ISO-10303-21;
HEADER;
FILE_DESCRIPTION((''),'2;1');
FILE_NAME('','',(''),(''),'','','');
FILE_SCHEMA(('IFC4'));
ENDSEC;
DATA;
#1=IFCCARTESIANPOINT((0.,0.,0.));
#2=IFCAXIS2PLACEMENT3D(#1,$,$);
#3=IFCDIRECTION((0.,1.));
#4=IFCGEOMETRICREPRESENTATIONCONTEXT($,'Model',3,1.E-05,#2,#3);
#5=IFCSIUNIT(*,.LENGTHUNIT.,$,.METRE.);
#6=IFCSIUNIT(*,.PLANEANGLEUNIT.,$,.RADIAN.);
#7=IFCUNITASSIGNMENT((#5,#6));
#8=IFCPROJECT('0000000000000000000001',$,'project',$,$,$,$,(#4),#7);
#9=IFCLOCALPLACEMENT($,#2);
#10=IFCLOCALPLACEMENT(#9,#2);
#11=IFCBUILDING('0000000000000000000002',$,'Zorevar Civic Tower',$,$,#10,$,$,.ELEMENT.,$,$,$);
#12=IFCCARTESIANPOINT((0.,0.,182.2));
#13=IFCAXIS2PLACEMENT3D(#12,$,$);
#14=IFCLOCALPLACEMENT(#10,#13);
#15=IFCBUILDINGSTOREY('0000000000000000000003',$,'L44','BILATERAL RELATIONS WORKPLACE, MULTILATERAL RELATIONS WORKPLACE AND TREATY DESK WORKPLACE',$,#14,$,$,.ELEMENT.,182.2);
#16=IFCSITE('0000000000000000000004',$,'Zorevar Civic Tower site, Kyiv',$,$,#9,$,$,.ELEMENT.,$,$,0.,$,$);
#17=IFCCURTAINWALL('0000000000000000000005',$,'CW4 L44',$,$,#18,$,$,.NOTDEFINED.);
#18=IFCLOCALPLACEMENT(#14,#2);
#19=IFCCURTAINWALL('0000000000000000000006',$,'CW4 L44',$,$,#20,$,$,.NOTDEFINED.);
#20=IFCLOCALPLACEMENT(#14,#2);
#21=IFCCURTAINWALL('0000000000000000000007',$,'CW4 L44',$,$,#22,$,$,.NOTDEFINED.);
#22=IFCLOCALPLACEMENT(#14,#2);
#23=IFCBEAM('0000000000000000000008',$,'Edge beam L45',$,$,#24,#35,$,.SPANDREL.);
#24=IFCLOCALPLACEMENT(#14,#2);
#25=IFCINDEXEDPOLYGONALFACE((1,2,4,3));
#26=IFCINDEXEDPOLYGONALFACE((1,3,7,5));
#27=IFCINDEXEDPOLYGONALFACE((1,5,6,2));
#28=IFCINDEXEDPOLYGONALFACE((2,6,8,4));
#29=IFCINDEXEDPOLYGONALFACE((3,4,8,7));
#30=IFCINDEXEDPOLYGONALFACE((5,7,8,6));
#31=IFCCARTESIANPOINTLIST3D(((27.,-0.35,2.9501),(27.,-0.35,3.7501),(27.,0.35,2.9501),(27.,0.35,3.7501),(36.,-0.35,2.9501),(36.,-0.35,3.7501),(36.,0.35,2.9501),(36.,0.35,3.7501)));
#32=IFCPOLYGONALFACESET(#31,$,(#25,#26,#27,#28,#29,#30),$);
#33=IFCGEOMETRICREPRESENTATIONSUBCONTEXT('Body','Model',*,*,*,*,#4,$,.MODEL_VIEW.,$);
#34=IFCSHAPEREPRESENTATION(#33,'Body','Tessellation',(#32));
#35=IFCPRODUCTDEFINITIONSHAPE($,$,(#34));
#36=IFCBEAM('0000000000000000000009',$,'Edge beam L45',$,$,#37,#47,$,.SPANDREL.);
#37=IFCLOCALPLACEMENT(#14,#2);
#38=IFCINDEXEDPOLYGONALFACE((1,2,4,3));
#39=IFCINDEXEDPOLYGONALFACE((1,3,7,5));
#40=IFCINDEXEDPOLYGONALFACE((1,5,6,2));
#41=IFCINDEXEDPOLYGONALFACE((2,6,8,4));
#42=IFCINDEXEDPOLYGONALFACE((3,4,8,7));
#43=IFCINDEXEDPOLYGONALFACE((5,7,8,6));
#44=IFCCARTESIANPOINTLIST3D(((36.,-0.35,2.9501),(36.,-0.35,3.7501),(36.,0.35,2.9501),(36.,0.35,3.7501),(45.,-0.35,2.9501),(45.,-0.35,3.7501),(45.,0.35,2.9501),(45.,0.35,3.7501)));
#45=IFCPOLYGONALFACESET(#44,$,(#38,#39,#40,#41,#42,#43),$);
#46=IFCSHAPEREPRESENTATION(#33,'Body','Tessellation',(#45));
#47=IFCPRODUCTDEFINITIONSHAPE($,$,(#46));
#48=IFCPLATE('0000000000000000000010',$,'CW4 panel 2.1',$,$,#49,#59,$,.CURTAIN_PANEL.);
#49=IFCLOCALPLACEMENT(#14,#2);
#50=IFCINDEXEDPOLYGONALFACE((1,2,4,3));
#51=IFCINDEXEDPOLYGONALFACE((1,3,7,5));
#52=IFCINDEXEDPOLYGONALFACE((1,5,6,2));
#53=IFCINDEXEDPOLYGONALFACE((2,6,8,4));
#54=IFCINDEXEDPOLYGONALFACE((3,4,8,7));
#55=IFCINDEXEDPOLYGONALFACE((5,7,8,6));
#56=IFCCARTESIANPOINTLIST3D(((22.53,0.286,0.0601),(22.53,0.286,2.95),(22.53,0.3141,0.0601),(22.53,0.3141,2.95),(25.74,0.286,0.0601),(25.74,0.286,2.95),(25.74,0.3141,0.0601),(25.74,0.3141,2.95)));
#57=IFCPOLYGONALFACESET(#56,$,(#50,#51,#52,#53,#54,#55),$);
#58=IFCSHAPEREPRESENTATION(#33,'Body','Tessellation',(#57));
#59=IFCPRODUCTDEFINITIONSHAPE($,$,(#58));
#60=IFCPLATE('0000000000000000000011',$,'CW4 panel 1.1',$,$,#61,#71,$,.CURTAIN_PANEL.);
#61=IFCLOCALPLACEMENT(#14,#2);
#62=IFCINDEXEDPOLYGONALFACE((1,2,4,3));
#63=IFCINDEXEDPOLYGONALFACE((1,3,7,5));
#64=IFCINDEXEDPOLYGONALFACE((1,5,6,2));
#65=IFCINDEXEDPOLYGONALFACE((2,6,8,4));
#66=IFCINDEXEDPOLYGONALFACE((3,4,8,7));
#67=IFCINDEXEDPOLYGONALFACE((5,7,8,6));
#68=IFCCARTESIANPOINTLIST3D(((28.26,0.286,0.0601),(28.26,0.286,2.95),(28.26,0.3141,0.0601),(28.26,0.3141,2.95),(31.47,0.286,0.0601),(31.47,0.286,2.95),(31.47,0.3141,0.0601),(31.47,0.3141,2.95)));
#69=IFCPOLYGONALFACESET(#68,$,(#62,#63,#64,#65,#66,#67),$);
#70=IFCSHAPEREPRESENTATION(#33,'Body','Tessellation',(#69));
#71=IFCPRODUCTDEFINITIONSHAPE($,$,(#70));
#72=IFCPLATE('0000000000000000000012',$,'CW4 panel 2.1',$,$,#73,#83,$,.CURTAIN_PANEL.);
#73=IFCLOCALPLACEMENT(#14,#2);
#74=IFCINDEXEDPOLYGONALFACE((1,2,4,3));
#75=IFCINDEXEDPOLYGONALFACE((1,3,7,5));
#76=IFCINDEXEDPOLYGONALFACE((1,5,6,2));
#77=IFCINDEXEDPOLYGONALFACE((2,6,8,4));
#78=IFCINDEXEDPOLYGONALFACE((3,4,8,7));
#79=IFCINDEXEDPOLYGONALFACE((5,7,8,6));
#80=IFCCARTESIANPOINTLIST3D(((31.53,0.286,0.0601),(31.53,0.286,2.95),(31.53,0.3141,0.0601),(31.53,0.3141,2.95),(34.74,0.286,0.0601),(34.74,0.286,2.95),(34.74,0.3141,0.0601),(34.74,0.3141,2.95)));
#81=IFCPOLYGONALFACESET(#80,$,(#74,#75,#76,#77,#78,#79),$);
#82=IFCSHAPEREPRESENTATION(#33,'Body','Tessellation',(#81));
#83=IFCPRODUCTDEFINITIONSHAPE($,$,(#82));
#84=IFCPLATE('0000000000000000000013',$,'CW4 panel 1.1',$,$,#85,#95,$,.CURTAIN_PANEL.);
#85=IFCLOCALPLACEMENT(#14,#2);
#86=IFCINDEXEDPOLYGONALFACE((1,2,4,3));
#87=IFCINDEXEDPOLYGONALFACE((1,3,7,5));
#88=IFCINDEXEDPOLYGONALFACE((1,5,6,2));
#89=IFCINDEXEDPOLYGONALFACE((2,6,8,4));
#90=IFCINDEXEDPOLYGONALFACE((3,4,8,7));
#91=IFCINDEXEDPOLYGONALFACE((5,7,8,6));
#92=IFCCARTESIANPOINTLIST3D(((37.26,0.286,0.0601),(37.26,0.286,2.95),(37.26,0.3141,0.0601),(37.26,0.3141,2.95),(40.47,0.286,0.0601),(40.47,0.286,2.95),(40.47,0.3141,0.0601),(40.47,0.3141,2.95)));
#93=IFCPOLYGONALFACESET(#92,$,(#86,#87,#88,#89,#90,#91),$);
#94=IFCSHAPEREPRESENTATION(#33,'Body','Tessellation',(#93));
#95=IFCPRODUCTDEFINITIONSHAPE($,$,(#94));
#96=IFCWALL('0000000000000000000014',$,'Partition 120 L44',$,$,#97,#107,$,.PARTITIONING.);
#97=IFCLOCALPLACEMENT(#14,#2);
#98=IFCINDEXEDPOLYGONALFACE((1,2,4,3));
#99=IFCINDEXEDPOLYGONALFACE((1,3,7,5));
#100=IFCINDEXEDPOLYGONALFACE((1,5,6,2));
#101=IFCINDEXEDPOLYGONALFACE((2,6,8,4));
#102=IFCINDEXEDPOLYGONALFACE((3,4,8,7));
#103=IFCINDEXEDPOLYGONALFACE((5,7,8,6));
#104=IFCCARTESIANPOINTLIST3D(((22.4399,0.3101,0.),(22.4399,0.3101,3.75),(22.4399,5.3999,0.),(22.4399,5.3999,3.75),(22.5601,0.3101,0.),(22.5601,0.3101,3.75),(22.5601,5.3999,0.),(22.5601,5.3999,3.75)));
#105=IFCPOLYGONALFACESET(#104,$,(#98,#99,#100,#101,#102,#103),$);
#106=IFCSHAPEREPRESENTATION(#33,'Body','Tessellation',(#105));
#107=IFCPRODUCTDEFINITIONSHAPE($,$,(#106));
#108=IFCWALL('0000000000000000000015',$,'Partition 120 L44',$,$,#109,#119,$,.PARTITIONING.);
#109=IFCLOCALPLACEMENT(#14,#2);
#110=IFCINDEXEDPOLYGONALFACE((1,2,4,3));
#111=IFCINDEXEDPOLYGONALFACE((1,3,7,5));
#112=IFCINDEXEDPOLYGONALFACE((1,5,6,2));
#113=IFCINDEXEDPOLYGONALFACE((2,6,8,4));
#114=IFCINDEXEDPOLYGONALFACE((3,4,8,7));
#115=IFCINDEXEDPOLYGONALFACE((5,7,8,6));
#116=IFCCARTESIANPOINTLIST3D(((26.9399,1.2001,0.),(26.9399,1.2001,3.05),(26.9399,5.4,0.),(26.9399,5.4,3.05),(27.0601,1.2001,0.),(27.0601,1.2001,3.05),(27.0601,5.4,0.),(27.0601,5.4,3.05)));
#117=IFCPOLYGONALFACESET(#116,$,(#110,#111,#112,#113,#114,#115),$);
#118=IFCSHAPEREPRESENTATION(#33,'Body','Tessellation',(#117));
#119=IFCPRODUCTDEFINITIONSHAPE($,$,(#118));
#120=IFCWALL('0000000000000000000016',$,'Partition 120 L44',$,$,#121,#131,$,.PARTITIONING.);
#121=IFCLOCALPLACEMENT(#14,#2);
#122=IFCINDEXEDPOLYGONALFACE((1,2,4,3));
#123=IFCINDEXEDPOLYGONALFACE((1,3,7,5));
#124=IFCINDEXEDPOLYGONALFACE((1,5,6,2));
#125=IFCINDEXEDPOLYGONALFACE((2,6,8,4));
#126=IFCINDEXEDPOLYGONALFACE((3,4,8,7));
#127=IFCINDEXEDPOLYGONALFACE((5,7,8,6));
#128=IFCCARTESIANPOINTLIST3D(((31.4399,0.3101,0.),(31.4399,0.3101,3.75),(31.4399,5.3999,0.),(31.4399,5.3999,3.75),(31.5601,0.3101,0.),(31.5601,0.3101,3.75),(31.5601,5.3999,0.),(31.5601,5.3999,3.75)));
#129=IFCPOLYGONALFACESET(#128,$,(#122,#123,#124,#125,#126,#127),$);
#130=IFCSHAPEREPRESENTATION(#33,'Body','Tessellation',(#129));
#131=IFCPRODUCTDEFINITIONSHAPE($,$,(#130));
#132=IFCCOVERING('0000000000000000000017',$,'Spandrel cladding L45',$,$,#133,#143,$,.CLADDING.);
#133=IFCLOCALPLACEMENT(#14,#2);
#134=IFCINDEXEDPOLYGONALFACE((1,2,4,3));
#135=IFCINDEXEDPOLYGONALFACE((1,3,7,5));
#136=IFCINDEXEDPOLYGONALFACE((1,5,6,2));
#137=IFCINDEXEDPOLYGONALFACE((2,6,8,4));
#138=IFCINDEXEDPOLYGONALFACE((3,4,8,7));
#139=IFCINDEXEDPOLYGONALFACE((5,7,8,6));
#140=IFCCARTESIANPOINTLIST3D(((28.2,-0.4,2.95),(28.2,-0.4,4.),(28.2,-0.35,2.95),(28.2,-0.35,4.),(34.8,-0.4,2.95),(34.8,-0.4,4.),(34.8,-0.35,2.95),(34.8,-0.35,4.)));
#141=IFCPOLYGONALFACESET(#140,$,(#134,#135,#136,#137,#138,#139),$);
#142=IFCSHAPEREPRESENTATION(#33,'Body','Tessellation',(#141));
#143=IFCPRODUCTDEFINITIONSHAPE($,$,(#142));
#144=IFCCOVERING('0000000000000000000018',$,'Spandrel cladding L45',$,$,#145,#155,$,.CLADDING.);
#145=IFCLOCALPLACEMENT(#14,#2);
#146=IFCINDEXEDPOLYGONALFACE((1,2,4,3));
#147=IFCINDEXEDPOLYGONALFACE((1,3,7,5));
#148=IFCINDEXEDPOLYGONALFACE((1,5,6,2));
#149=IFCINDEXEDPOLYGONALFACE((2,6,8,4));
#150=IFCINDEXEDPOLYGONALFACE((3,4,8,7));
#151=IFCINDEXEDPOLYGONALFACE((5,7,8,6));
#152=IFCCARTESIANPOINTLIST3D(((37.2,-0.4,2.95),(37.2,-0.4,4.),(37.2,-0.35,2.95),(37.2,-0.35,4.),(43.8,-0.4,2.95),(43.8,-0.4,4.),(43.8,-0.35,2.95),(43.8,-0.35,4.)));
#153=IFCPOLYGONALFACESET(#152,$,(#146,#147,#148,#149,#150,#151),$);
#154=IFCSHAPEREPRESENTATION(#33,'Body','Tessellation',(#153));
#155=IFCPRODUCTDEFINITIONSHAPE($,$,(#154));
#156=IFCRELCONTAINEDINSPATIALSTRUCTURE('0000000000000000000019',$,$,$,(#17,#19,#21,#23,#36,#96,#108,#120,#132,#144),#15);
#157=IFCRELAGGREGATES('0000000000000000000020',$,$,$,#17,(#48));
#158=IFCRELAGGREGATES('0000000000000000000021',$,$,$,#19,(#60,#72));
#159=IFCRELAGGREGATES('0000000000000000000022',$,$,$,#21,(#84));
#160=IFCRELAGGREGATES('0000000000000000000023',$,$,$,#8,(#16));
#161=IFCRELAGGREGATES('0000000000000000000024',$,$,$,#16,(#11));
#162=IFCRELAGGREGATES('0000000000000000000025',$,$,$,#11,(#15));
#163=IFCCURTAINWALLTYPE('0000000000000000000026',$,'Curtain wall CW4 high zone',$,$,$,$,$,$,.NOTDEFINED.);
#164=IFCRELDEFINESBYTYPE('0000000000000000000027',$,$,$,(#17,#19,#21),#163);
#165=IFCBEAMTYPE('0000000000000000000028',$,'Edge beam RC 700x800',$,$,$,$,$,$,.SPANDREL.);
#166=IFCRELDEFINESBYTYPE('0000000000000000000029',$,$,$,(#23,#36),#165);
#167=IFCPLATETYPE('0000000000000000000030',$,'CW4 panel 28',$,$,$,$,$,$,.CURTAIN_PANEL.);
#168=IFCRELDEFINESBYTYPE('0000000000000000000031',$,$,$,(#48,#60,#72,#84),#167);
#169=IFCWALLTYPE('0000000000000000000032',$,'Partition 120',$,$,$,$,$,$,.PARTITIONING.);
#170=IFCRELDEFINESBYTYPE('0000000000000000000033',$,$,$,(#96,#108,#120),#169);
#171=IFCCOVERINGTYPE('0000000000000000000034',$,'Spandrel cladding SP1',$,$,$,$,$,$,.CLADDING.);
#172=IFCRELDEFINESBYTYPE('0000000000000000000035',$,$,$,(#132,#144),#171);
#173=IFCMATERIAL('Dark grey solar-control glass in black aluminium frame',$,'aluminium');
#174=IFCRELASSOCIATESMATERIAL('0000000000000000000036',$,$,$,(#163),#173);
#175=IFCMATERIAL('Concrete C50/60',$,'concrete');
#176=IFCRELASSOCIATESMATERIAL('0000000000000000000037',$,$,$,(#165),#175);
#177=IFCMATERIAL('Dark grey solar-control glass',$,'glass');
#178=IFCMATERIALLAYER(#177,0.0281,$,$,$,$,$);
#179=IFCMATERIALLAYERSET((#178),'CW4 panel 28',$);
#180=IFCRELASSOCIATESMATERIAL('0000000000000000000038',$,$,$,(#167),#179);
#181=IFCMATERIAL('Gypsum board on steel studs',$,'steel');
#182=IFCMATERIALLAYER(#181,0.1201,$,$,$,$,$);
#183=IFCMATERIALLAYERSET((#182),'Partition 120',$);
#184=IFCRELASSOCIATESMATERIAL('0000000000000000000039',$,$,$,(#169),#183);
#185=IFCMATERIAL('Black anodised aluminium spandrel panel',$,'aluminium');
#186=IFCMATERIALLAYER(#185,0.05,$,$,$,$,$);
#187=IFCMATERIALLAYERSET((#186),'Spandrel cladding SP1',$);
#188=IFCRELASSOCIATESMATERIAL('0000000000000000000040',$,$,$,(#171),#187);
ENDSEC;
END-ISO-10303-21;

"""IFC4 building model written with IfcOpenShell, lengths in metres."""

from ifc_helpers import new_model, si_unit, direction, frame, frame_2d, origin, origin_2d, place, context, subcontext, project, spatial, rectangle, extrude, material, layer, layer_set, material_profile, profile_set, type_object, element, aggregate, save


model = new_model("IFC4")

# Units and contexts
model_context = context("Model", 3, precision=1e-05, world=origin(), true_north=direction((0.0, 1.0)))
body_context = subcontext(model_context, "Body", "Model", "MODEL_VIEW")
ifc_project = project(units=[si_unit("LENGTHUNIT", "METRE"), si_unit("PLANEANGLEUNIT", "RADIAN")], contexts=[model_context])

# Site, building, storey
site_placement = place(None, origin())
site = spatial("IfcSite", under=ifc_project, at=site_placement, Name="Zorevar Civic Tower site, Kyiv", CompositionType="ELEMENT", RefElevation=0.0)
building_placement = place(site_placement, origin())
building = spatial("IfcBuilding", under=site, at=building_placement, Name="Zorevar Civic Tower", CompositionType="ELEMENT")
storey_placement = place(building_placement, frame((0.0, 0.0, 182.2)))
storey = spatial("IfcBuildingStorey", under=building, at=storey_placement, Name="L44", Description="BILATERAL RELATIONS WORKPLACE, MULTILATERAL RELATIONS WORKPLACE AND TREATY DESK WORKPLACE", CompositionType="ELEMENT", Elevation=182.2)

# Curtain walls
ifc_material_1 = material(Name="Dark grey solar-control glass in black aluminium frame", Category="aluminium")
curtain_wall_type = type_object("IfcCurtainWallType", Name="Curtain wall CW4 high zone", PredefinedType="NOTDEFINED", material=ifc_material_1)
curtain_wall_1_placement = place(storey_placement, origin())
curtain_wall_1 = element("IfcCurtainWall", 1, at=curtain_wall_1_placement, inside=storey, type_object=curtain_wall_type, Name="CW4 L44", PredefinedType="NOTDEFINED")
curtain_wall_2_placement = place(storey_placement, origin())
curtain_wall_2 = element("IfcCurtainWall", 2, at=curtain_wall_2_placement, inside=storey, type_object=curtain_wall_type, Name="CW4 L44", PredefinedType="NOTDEFINED")

# Curtain wall
curtain_wall_3_placement = place(storey_placement, origin())
curtain_wall_3 = element("IfcCurtainWall", 3, at=curtain_wall_3_placement, inside=storey, type_object=curtain_wall_type, Name="CW4 L44", PredefinedType="NOTDEFINED")

# Beams
ifc_material_2 = material(Name="Concrete C50/60", Category="concrete")
ifc_material_profile_1 = material_profile(ifc_material_2, rectangle(XDim=0.7, YDim=0.8, at=origin_2d()), Name="RC 700x800")
ifc_profile_set_1 = profile_set([ifc_material_profile_1], Name="Concrete C50/60")
beam_type_1 = type_object("IfcBeamType", Name="Edge beam RC 700x800", PredefinedType="SPANDREL", material=ifc_profile_set_1)
for number, where, z_axis, x_axis, name in (
    (4, (27.0, 0.0, 3.3501), (1.0, 0.0, 0.0), (0.0, 1.0, 0.0), "Edge beam L45"),
    (5, (36.0, 0.0, 3.3501), (1.0, 0.0, 0.0), (0.0, 1.0, 0.0), "Edge beam L45"),
):
    element("IfcBeam", number, at=place(storey_placement, frame(where, z_axis=z_axis, x_axis=x_axis)), inside=storey, type_object=beam_type_1, Name=name, PredefinedType="SPANDREL", context=body_context, shape_type="SweptSolid", body=[
        extrude(rectangle(XDim=0.7, YDim=0.8, at=origin_2d()), origin(), (0.0, 0.0, 1.0), 9.0),
    ])

# Plates
ifc_material_3 = material(Name="Dark grey solar-control glass", Category="glass")
ifc_layer_1 = layer(ifc_material_3, 0.0281)
ifc_layer_set_1 = layer_set([ifc_layer_1], Name="CW4 panel 28")
plate_type = type_object("IfcPlateType", Name="CW4 panel 28", PredefinedType="CURTAIN_PANEL", material=ifc_layer_set_1)
plate_1_placement = place(storey_placement, frame((24.135, 0.3, 0.0601), z_axis=(0.0, 0.0, 1.0), x_axis=(1.0, 0.0, 0.0)))
plate_1 = element("IfcPlate", 6, at=plate_1_placement, type_object=plate_type, Name="CW4 panel 2.1", PredefinedType="CURTAIN_PANEL", context=body_context, shape_type="SweptSolid", body=[
    extrude(rectangle(XDim=3.21, YDim=0.0281, at=origin_2d()), origin(), (0.0, 0.0, 1.0), 2.8899),
])
aggregate(curtain_wall_1, [plate_1])
plate_2_placement = place(storey_placement, frame((29.865, 0.3, 0.0601), z_axis=(0.0, 0.0, 1.0), x_axis=(1.0, 0.0, 0.0)))
plate_2 = element("IfcPlate", 7, at=plate_2_placement, type_object=plate_type, Name="CW4 panel 1.1", PredefinedType="CURTAIN_PANEL", context=body_context, shape_type="SweptSolid", body=[
    extrude(rectangle(XDim=3.21, YDim=0.0281, at=origin_2d()), origin(), (0.0, 0.0, 1.0), 2.8899),
])
plate_3_placement = place(storey_placement, frame((33.135, 0.3, 0.0601), z_axis=(0.0, 0.0, 1.0), x_axis=(1.0, 0.0, 0.0)))
plate_3 = element("IfcPlate", 8, at=plate_3_placement, type_object=plate_type, Name="CW4 panel 2.1", PredefinedType="CURTAIN_PANEL", context=body_context, shape_type="SweptSolid", body=[
    extrude(rectangle(XDim=3.21, YDim=0.0281, at=origin_2d()), origin(), (0.0, 0.0, 1.0), 2.8899),
])
aggregate(curtain_wall_2, [plate_2, plate_3])
plate_4_placement = place(storey_placement, frame((38.865, 0.3, 0.0601), z_axis=(0.0, 0.0, 1.0), x_axis=(1.0, 0.0, 0.0)))
plate_4 = element("IfcPlate", 9, at=plate_4_placement, type_object=plate_type, Name="CW4 panel 1.1", PredefinedType="CURTAIN_PANEL", context=body_context, shape_type="SweptSolid", body=[
    extrude(rectangle(XDim=3.21, YDim=0.0281, at=origin_2d()), origin(), (0.0, 0.0, 1.0), 2.8899),
])
aggregate(curtain_wall_3, [plate_4])

# Walls
ifc_material_4 = material(Name="Gypsum board on steel studs", Category="steel")
ifc_layer_2 = layer(ifc_material_4, 0.1201)
ifc_layer_set_2 = layer_set([ifc_layer_2], Name="Partition 120")
wall_type = type_object("IfcWallType", Name="Partition 120", PredefinedType="PARTITIONING", material=ifc_layer_set_2)
wall_1_placement = place(storey_placement, frame((22.5, 0.3101, 0.0), z_axis=(0.0, 0.0, 1.0), x_axis=(0.0, 1.0, 0.0)))
element("IfcWall", 10, at=wall_1_placement, inside=storey, type_object=wall_type, Name="Partition 120 L44", PredefinedType="PARTITIONING", context=body_context, shape_type="SweptSolid", body=[
    extrude(rectangle(XDim=5.0898, YDim=0.1201, at=frame_2d((2.5449, 0.0))), origin(), (0.0, 0.0, 1.0), 3.75),
])
wall_2_placement = place(storey_placement, frame((27.0, 1.2, 0.0), z_axis=(0.0, 0.0, 1.0), x_axis=(0.0, 1.0, 0.0)))
element("IfcWall", 11, at=wall_2_placement, inside=storey, type_object=wall_type, Name="Partition 120 L44", PredefinedType="PARTITIONING", context=body_context, shape_type="SweptSolid", body=[
    extrude(rectangle(XDim=4.2, YDim=0.1201, at=frame_2d((2.1001, 0.0))), origin(), (0.0, 0.0, 1.0), 3.05),
])
wall_3_placement = place(storey_placement, frame((31.5, 0.3101, 0.0), z_axis=(0.0, 0.0, 1.0), x_axis=(0.0, 1.0, 0.0)))
element("IfcWall", 12, at=wall_3_placement, inside=storey, type_object=wall_type, Name="Partition 120 L44", PredefinedType="PARTITIONING", context=body_context, shape_type="SweptSolid", body=[
    extrude(rectangle(XDim=5.0898, YDim=0.1201, at=frame_2d((2.5449, 0.0))), origin(), (0.0, 0.0, 1.0), 3.75),
])

# Coverings
ifc_material_5 = material(Name="Black anodised aluminium spandrel panel", Category="aluminium")
ifc_layer_3 = layer(ifc_material_5, 0.05)
ifc_layer_set_3 = layer_set([ifc_layer_3], Name="Spandrel cladding SP1")
covering_type = type_object("IfcCoveringType", Name="Spandrel cladding SP1", PredefinedType="CLADDING", material=ifc_layer_set_3)
for number, where, z_axis, x_axis, name in (
    (13, (28.2, -0.375, 2.95), (0.0, 0.0, 1.0), (1.0, 0.0, 0.0), "Spandrel cladding L45"),
    (14, (37.2, -0.375, 2.95), (0.0, 0.0, 1.0), (1.0, 0.0, 0.0), "Spandrel cladding L45"),
):
    element("IfcCovering", number, at=place(storey_placement, frame(where, z_axis=z_axis, x_axis=x_axis)), inside=storey, type_object=covering_type, Name=name, PredefinedType="CLADDING", context=body_context, shape_type="SweptSolid", body=[
        extrude(rectangle(XDim=6.6001, YDim=0.05, at=frame_2d((3.3, 0.0))), origin(), (0.0, 0.0, 1.0), 1.05),
    ])

save(model, "model.ifc")
